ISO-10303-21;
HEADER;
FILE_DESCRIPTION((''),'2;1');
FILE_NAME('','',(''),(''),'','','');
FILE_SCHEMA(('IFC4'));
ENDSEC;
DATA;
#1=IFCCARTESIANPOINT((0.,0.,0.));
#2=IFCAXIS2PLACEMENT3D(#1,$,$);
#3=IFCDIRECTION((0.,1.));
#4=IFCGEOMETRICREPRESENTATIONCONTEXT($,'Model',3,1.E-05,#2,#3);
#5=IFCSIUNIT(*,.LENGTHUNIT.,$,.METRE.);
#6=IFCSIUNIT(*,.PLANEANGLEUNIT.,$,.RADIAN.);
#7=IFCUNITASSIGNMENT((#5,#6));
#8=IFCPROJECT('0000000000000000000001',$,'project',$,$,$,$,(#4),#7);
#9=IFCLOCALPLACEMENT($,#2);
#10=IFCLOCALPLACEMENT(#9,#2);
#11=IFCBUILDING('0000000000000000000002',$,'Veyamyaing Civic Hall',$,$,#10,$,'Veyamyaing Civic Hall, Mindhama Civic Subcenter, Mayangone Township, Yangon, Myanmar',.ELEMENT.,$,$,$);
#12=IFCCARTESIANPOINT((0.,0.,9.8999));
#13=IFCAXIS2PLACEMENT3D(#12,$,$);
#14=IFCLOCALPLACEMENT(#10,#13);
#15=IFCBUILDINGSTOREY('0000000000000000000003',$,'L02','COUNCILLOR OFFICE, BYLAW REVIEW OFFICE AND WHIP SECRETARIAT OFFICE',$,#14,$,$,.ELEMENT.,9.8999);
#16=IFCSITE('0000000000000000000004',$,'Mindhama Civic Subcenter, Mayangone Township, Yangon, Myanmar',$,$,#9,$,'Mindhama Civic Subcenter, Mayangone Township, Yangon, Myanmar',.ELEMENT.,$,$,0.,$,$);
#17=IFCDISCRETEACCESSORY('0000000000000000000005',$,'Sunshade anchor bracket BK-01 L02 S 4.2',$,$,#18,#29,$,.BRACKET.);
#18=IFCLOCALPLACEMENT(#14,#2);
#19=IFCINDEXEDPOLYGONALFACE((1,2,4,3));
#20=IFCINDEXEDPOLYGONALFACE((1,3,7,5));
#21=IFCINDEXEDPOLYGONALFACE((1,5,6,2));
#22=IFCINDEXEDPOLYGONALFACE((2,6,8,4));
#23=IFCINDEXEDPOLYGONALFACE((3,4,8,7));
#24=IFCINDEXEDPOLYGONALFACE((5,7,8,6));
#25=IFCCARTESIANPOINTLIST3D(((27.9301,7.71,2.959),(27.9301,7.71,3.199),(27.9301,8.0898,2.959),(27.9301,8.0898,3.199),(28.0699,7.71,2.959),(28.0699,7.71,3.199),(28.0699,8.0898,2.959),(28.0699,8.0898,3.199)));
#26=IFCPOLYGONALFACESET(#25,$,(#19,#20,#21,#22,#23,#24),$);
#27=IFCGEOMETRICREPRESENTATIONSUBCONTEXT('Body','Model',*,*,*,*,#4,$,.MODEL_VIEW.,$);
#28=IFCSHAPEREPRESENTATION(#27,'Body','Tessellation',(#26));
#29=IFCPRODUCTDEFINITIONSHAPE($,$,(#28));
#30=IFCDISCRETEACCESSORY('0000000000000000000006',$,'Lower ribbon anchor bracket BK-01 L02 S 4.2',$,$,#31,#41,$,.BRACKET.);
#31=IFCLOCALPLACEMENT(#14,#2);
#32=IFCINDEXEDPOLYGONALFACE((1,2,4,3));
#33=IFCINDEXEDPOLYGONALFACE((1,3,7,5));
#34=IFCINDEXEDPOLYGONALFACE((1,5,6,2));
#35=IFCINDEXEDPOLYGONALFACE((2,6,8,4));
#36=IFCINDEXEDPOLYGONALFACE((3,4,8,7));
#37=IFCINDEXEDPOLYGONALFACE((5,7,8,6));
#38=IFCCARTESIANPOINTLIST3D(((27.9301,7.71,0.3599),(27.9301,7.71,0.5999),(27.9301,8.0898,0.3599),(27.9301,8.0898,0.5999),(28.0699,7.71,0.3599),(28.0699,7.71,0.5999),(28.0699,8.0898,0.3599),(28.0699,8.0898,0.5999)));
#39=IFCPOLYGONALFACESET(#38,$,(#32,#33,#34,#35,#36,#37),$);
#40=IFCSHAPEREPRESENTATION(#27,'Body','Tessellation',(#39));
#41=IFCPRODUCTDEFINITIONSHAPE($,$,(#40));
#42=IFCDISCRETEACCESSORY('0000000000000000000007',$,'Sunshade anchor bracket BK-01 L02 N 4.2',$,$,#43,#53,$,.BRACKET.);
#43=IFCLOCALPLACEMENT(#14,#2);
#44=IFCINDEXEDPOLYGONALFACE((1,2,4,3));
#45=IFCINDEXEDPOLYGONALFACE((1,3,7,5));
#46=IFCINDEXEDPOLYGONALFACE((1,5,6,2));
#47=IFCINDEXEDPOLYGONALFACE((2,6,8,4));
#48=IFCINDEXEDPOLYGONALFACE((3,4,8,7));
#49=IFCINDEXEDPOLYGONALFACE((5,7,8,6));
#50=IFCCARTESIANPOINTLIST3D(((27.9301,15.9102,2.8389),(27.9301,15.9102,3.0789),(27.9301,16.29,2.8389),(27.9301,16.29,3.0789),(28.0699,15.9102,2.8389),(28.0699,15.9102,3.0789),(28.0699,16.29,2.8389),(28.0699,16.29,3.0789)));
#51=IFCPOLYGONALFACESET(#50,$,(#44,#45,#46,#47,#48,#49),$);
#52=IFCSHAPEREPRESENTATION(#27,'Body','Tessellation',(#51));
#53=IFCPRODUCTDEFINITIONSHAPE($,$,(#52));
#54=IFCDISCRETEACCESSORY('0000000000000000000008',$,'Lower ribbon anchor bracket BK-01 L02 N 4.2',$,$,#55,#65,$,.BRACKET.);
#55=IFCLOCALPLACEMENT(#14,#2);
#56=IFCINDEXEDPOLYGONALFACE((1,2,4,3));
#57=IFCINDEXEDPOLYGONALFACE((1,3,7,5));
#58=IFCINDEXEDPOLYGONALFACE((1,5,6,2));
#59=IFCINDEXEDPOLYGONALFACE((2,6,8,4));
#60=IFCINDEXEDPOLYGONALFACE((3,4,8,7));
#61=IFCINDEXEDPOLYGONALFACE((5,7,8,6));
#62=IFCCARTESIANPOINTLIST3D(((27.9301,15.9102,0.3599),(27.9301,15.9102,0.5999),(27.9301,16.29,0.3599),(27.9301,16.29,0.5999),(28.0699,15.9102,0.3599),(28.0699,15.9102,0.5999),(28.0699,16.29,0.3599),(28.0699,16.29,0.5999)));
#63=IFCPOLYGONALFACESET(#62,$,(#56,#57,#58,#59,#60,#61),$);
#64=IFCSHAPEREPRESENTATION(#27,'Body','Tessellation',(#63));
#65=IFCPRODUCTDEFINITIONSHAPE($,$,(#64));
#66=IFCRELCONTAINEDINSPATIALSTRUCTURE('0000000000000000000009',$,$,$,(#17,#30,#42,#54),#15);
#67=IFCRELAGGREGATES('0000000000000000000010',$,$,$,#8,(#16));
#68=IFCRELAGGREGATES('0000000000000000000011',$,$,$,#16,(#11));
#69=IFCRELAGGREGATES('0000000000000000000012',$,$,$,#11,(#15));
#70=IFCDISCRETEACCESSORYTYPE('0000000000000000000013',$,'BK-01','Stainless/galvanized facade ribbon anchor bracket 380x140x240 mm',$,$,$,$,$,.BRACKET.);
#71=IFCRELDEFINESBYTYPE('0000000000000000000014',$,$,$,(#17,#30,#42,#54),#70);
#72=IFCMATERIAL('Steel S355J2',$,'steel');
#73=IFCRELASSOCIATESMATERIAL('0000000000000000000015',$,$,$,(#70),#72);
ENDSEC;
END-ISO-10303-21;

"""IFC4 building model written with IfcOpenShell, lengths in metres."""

from ifc_helpers import new_model, si_unit, direction, frame, origin, origin_2d, place, context, subcontext, project, spatial, rectangle, extrude, material, type_object, element, save


model = new_model("IFC4")

# Units and contexts
model_context = context("Model", 3, precision=1e-05, world=origin(), true_north=direction((0.0, 1.0)))
body_context = subcontext(model_context, "Body", "Model", "MODEL_VIEW")
ifc_project = project(units=[si_unit("LENGTHUNIT", "METRE"), si_unit("PLANEANGLEUNIT", "RADIAN")], contexts=[model_context])

# Site, building, storey
site_placement = place(None, origin())
site = spatial("IfcSite", under=ifc_project, at=site_placement, Name="Mindhama Civic Subcenter, Mayangone Township, Yangon, Myanmar", LongName="Mindhama Civic Subcenter, Mayangone Township, Yangon, Myanmar", CompositionType="ELEMENT", RefElevation=0.0)
building_placement = place(site_placement, origin())
building = spatial("IfcBuilding", under=site, at=building_placement, Name="Veyamyaing Civic Hall", LongName="Veyamyaing Civic Hall, Mindhama Civic Subcenter, Mayangone Township, Yangon, Myanmar", CompositionType="ELEMENT")
storey_placement = place(building_placement, frame((0.0, 0.0, 9.8999)))
storey = spatial("IfcBuildingStorey", under=building, at=storey_placement, Name="L02", Description="COUNCILLOR OFFICE, BYLAW REVIEW OFFICE AND WHIP SECRETARIAT OFFICE", CompositionType="ELEMENT", Elevation=9.8999)

# Discrete accessories
ifc_material_1 = material(Name="Steel S355J2", Category="steel")
discrete_accessory_type = type_object("IfcDiscreteAccessoryType", Name="BK-01", Description="Stainless/galvanized facade ribbon anchor bracket 380x140x240 mm", PredefinedType="BRACKET", material=ifc_material_1)
for number, where, z_axis, x_axis, name in (
    (1, (28.0, 7.8999, 2.959), (0.0, 0.0, 1.0), (0.0, -1.0, 0.0), "Sunshade anchor bracket BK-01 L02 S 4.2"),
    (2, (28.0, 7.8999, 0.3599), (0.0, 0.0, 1.0), (0.0, -1.0, 0.0), "Lower ribbon anchor bracket BK-01 L02 S 4.2"),
    (3, (28.0, 16.1001, 2.8389), (0.0, 0.0, 1.0), (0.0, 1.0, 0.0), "Sunshade anchor bracket BK-01 L02 N 4.2"),
    (4, (28.0, 16.1001, 0.3599), (0.0, 0.0, 1.0), (0.0, 1.0, 0.0), "Lower ribbon anchor bracket BK-01 L02 N 4.2"),
):
    element("IfcDiscreteAccessory", number, at=place(storey_placement, frame(where, z_axis=z_axis, x_axis=x_axis)), inside=storey, type_object=discrete_accessory_type, Name=name, PredefinedType="BRACKET", context=body_context, shape_type="SweptSolid", body=[
        extrude(rectangle(XDim=0.3799, YDim=0.1399, at=origin_2d()), origin(), (0.0, 0.0, 1.0), 0.24),
    ])

save(model, "model.ifc")
